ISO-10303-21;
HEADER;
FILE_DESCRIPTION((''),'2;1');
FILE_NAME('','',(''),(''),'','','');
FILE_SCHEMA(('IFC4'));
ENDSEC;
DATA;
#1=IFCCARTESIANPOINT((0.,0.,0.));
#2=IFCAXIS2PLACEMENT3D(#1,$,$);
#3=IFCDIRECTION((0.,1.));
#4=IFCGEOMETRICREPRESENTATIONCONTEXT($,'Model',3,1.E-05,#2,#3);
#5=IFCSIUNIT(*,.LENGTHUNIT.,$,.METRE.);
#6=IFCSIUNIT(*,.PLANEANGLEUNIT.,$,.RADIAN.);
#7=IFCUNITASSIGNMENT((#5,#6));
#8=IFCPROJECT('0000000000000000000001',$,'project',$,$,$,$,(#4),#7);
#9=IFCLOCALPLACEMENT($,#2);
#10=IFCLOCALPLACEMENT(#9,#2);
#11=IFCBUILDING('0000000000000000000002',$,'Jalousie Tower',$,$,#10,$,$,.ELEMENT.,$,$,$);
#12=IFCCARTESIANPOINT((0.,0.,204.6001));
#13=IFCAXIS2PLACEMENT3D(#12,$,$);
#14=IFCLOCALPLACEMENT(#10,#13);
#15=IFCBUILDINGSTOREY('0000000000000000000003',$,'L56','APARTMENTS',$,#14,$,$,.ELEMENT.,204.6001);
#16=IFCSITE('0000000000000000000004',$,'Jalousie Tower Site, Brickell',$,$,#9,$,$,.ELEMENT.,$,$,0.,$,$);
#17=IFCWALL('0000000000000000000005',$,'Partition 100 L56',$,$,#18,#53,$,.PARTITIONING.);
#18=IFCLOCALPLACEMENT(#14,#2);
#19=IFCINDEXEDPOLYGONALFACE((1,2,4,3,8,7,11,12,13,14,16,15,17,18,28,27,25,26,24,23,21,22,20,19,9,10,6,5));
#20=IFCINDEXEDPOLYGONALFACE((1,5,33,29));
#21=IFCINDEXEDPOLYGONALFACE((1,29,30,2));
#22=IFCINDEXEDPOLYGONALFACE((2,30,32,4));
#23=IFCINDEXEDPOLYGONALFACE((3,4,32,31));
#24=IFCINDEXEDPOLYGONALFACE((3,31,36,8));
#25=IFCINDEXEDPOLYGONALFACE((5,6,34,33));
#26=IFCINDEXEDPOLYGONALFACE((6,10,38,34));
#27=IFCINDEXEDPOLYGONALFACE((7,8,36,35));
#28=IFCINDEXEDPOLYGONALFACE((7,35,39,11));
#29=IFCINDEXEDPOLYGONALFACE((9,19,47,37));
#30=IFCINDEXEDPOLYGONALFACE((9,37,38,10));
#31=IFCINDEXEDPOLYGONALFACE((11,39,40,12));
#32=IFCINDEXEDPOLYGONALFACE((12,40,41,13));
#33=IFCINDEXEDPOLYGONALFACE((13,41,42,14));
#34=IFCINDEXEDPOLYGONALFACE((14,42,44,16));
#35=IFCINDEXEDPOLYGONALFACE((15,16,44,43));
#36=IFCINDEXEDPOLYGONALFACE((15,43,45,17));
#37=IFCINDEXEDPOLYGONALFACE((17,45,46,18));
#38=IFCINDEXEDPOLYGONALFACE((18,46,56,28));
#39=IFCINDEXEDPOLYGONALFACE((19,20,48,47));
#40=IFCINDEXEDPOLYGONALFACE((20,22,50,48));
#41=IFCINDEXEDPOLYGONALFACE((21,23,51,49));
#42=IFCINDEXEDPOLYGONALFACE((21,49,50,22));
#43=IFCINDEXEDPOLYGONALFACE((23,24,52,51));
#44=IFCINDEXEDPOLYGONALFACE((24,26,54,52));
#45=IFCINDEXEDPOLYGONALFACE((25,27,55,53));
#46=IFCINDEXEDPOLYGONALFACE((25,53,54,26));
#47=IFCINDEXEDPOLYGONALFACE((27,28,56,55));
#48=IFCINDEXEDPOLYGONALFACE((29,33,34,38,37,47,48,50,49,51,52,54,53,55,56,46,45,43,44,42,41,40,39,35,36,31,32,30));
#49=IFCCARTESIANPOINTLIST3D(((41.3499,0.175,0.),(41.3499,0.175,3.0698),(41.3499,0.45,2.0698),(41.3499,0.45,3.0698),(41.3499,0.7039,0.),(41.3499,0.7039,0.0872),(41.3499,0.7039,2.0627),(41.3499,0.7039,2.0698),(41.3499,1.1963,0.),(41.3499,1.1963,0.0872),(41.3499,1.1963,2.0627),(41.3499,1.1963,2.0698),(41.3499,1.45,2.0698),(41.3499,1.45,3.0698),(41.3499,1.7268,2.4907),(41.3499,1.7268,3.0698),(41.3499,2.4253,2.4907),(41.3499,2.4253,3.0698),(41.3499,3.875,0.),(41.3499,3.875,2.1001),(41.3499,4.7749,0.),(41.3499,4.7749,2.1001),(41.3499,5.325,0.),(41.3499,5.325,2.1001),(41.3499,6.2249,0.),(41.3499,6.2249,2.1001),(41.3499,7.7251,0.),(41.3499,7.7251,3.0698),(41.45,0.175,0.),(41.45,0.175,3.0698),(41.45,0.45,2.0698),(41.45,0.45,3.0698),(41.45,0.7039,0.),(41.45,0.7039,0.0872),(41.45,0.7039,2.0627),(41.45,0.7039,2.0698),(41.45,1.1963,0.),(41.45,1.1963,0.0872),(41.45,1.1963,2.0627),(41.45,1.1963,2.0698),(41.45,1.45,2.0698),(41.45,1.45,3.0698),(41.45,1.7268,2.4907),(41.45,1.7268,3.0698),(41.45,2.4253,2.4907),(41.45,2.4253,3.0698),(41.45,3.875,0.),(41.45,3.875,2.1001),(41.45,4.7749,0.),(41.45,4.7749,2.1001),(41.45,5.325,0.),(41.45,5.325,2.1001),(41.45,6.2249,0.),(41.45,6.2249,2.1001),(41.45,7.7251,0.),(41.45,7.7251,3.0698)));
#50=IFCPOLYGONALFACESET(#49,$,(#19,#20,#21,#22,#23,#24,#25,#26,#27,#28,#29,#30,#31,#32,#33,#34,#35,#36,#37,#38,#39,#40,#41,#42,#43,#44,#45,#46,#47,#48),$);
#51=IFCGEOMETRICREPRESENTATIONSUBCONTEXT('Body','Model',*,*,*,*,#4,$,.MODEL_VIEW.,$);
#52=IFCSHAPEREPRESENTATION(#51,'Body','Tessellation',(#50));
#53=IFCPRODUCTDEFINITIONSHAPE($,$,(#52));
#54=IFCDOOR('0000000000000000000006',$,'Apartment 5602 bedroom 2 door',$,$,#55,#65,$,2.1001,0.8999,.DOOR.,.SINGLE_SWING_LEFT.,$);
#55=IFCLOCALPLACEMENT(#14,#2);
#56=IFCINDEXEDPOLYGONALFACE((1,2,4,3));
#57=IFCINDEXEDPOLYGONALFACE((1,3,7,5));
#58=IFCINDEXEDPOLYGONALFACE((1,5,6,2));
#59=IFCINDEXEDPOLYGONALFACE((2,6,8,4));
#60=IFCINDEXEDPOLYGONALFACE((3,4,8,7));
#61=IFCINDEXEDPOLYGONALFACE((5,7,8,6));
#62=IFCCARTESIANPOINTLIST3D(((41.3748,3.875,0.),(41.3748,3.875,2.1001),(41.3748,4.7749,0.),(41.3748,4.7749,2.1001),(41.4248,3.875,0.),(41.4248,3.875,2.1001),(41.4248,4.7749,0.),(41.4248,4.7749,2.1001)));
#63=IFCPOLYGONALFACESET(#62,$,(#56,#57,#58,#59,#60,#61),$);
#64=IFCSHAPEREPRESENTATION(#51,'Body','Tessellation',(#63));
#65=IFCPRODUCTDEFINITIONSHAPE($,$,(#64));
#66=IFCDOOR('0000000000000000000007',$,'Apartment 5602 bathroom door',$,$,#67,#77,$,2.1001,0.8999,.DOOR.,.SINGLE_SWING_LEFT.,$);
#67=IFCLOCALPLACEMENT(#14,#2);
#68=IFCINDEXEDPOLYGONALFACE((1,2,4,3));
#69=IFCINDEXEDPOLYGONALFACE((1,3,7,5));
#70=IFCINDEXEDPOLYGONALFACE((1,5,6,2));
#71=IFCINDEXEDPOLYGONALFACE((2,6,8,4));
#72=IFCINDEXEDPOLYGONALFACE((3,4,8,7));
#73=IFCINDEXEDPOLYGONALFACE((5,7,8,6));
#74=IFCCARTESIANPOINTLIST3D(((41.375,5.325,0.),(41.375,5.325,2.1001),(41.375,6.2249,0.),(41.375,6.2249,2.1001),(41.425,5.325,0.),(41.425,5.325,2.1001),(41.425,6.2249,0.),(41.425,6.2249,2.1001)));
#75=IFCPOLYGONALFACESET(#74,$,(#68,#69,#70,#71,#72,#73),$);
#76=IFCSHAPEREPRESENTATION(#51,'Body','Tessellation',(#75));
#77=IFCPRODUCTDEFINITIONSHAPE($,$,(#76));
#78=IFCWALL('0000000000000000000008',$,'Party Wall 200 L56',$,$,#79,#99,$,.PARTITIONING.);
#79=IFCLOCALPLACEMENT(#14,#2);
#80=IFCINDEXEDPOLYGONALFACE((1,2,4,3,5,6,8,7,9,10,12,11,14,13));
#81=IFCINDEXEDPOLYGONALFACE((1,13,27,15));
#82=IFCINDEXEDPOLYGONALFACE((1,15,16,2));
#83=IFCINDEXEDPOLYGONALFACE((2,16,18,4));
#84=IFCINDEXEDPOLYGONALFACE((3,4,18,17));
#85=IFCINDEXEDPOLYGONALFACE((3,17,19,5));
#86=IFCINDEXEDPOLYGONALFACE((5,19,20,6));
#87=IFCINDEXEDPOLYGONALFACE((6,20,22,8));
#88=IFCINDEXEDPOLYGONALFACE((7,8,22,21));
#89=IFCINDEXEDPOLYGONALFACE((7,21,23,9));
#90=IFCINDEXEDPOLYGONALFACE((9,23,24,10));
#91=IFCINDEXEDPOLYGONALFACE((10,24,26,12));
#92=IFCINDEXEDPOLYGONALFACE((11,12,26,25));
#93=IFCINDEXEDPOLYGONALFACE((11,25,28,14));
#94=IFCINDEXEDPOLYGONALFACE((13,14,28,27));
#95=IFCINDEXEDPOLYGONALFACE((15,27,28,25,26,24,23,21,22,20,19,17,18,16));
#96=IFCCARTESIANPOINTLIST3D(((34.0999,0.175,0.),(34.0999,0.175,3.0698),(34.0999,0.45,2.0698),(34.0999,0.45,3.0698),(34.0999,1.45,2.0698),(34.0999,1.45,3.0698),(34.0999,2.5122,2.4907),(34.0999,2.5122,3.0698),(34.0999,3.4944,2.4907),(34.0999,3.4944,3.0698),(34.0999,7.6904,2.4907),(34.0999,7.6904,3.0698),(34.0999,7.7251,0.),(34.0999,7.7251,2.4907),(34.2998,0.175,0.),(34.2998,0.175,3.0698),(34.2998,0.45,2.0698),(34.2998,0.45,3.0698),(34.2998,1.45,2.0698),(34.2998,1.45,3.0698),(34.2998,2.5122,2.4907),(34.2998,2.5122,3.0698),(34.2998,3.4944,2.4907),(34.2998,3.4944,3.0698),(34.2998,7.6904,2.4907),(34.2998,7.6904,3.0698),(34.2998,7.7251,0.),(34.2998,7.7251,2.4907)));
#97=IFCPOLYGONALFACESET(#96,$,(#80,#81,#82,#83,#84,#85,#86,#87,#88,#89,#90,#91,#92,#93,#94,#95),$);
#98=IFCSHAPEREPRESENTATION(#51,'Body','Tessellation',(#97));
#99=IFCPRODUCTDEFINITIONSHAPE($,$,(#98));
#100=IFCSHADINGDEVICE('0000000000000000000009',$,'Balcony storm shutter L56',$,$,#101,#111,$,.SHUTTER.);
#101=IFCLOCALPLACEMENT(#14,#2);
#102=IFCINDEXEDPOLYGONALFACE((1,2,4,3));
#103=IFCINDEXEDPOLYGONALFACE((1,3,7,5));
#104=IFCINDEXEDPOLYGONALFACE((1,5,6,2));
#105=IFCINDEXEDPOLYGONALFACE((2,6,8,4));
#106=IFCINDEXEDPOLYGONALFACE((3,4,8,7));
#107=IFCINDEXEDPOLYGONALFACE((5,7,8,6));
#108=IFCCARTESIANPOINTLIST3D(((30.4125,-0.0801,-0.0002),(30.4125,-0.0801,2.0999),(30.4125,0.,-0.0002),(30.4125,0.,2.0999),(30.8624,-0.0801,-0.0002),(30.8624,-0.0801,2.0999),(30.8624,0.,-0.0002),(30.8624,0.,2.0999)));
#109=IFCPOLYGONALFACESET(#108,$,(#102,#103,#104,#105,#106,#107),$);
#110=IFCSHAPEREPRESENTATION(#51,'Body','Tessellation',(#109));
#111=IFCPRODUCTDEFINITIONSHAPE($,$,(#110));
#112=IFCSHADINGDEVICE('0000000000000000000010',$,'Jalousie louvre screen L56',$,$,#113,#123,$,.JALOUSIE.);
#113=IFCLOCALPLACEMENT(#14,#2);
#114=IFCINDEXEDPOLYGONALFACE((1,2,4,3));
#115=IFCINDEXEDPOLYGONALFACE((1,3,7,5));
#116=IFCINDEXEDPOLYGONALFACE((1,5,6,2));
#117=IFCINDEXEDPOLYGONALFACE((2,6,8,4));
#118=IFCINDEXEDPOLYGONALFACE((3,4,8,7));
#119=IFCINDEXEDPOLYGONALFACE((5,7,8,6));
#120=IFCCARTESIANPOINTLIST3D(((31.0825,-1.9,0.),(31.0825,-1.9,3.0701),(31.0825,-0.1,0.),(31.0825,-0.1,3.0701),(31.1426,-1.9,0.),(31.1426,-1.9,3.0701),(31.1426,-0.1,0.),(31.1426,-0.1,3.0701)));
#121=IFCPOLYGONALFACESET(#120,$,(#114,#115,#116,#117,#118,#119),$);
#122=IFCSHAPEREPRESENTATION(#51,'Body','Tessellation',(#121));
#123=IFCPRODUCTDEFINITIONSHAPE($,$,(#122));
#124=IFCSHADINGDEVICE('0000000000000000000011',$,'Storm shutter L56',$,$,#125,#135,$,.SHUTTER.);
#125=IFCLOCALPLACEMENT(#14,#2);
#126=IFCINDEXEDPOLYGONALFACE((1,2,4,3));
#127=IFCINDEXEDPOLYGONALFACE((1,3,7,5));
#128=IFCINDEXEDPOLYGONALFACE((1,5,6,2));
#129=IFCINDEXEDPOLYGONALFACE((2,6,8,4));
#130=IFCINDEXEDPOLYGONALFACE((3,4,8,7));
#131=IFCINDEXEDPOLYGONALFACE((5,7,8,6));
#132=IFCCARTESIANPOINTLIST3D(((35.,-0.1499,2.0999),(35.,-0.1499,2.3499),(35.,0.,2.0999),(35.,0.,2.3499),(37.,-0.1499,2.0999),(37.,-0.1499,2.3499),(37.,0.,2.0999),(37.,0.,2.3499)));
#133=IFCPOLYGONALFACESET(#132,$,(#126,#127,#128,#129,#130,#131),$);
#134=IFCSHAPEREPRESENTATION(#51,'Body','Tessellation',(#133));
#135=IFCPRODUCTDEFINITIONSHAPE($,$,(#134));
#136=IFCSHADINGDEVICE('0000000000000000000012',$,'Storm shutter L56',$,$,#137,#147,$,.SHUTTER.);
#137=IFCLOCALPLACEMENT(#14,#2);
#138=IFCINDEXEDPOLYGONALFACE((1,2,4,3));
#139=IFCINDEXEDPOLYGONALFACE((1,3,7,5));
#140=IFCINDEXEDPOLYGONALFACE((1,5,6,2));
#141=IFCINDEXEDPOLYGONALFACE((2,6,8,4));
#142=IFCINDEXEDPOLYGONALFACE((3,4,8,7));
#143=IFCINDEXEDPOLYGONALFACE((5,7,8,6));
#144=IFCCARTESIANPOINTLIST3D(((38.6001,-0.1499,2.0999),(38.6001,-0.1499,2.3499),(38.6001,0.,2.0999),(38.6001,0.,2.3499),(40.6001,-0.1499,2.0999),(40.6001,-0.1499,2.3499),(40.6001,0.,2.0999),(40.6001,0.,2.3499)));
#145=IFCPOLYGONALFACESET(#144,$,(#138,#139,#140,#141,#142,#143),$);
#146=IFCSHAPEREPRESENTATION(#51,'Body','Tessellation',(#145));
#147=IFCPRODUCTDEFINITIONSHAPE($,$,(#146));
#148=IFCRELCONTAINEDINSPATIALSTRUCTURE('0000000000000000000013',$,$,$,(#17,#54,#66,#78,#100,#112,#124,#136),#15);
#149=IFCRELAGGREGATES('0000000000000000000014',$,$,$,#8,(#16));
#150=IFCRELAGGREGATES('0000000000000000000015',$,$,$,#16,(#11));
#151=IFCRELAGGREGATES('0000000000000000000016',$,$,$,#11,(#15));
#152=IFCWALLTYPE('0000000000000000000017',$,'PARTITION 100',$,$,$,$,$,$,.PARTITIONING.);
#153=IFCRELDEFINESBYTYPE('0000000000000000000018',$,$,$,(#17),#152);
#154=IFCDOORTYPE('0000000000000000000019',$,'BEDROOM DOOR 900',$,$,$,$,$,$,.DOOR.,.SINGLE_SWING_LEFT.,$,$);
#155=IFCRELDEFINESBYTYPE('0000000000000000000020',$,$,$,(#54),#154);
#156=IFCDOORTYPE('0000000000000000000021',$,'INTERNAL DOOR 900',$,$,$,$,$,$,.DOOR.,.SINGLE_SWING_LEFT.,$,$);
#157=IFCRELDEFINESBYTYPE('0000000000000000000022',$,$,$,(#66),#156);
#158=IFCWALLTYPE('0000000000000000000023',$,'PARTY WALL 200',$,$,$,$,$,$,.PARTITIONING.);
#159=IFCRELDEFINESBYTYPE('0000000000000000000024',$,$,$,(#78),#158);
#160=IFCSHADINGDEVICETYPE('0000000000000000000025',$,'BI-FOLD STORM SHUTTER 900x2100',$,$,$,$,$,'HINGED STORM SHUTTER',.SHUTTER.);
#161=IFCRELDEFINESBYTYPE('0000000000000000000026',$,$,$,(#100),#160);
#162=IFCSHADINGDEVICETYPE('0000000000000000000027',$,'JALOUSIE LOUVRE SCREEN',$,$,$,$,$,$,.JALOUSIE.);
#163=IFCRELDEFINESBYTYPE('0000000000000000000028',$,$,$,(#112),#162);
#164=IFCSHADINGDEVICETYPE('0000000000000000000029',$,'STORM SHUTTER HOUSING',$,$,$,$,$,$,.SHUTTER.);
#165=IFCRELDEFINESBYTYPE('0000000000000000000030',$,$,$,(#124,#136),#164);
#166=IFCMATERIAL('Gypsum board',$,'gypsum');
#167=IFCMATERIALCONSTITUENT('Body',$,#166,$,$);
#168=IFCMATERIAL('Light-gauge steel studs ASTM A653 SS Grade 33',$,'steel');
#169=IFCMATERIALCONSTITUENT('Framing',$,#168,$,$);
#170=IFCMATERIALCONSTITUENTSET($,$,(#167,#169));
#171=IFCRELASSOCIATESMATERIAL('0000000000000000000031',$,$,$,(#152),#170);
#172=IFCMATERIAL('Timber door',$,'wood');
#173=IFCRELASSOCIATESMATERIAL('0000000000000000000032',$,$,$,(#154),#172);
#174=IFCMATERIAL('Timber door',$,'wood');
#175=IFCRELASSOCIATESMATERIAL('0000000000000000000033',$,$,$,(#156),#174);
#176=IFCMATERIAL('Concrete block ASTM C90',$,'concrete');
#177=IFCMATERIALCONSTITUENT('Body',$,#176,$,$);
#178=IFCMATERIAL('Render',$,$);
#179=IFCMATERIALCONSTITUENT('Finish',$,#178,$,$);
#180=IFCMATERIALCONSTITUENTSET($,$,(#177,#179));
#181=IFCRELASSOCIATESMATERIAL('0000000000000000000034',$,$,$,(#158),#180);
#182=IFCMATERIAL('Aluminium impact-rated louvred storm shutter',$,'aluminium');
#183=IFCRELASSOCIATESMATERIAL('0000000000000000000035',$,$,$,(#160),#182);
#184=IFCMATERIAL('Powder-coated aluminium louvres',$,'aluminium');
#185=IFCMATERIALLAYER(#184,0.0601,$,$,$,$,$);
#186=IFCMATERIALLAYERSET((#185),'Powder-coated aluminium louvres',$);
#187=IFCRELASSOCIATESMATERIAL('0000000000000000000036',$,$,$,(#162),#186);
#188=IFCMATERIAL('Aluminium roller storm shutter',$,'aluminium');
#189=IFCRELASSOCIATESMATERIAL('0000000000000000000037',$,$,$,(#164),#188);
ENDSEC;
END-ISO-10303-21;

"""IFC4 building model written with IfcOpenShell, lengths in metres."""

from ifc_helpers import new_model, si_unit, direction, frame, frame_2d, origin, origin_2d, place, context, subcontext, project, spatial, polyline, rectangle, outline, extrude, material, layer, layer_set, constituent, constituent_set, type_object, element, fill, save


model = new_model("IFC4")

# Units and contexts
model_context = context("Model", 3, precision=1e-05, world=origin(), true_north=direction((0.0, 1.0)))
body_context = subcontext(model_context, "Body", "Model", "MODEL_VIEW")
ifc_project = project(units=[si_unit("LENGTHUNIT", "METRE"), si_unit("PLANEANGLEUNIT", "RADIAN")], contexts=[model_context])

# Site, building, storey
site_placement = place(None, origin())
site = spatial("IfcSite", under=ifc_project, at=site_placement, Name="Jalousie Tower Site, Brickell", CompositionType="ELEMENT", RefElevation=0.0)
building_placement = place(site_placement, origin())
building = spatial("IfcBuilding", under=site, at=building_placement, Name="Jalousie Tower", CompositionType="ELEMENT")
storey_placement = place(building_placement, frame((0.0, 0.0, 204.6001)))
storey = spatial("IfcBuildingStorey", under=building, at=storey_placement, Name="L56", Description="APARTMENTS", CompositionType="ELEMENT", Elevation=204.6001)

# Shared definitions
ifc_material_1 = material(Name="Gypsum board", Category="gypsum")
ifc_constituent_1 = constituent(ifc_material_1, Name="Body")
ifc_material_2 = material(Name="Light-gauge steel studs ASTM A653 SS Grade 33", Category="steel")
ifc_constituent_2 = constituent(ifc_material_2, Name="Framing")
ifc_constituent_set_1 = constituent_set(constituents=[ifc_constituent_1, ifc_constituent_2])
wall_type_1 = type_object("IfcWallType", Name="PARTITION 100", PredefinedType="PARTITIONING", material=ifc_constituent_set_1)
ifc_material_3 = material(Name="Timber door", Category="wood")
door_type_1 = type_object("IfcDoorType", Name="BEDROOM DOOR 900", OperationType="SINGLE_SWING_LEFT", PredefinedType="DOOR", material=ifc_material_3)

# Wall, openings, doors
wall_1_placement = place(storey_placement, frame((41.3999, 0.175, 0.0), z_axis=(0.0, 0.0, 1.0), x_axis=(0.0, 1.0, 0.0)))
wall_1 = element("IfcWall", 1, at=wall_1_placement, inside=storey, type_object=wall_type_1, Name="Partition 100 L56", PredefinedType="PARTITIONING", context=body_context, shape_type="SweptSolid", body=[
    extrude(outline(polyline([(7.55, 0.0), (7.55, 3.0698), (2.2502, 3.0698), (2.2502, 2.4907), (1.5518, 2.4907), (1.5518, 3.0698), (1.2749, 3.0698), (1.2749, 2.0698), (1.0212, 2.0698), (1.0212, 2.0627), (0.5288, 2.0627), (0.5288, 2.0698), (0.2749, 2.0698), (0.2749, 3.0698), (0.0, 3.0698), (0.0, 0.0), (0.5288, 0.0), (0.5288, 0.0872), (1.0212, 0.0872), (1.0212, 0.0), (7.55, 0.0)])), frame((0.0, 0.05, 0.0), z_axis=(0.0, -1.0, 0.0), x_axis=(1.0, 0.0, 0.0)), (0.0, 0.0, 1.0), 0.1001),
])
opening_1_placement = place(wall_1_placement, frame((3.7, 0.0, 0.0)))
opening_1 = element("IfcOpeningElement", 2, at=opening_1_placement, cuts=wall_1, PredefinedType="OPENING", context=body_context, shape_type="SweptSolid", body=[
    extrude(rectangle(XDim=0.8999, YDim=2.1001, at=frame_2d((0.45, 1.05))), frame((0.0, 0.0601, 0.0), z_axis=(0.0, -1.0, 0.0), x_axis=(1.0, 0.0, 0.0)), (0.0, 0.0, 1.0), 0.1201),
])
opening_2_placement = place(wall_1_placement, frame((5.1499, 0.0, 0.0)))
opening_2 = element("IfcOpeningElement", 3, at=opening_2_placement, cuts=wall_1, PredefinedType="OPENING", context=body_context, shape_type="SweptSolid", body=[
    extrude(rectangle(XDim=0.8999, YDim=2.1001, at=frame_2d((0.45, 1.05))), frame((0.0, 0.0601, 0.0), z_axis=(0.0, -1.0, 0.0), x_axis=(1.0, 0.0, 0.0)), (0.0, 0.0, 1.0), 0.1201),
])
door_1_placement = place(opening_1_placement, frame((0.8999, 0.0, 0.0), z_axis=(0.0, 0.0, 1.0), x_axis=(-1.0, 0.0, 0.0)))
door_1 = element("IfcDoor", 4, at=door_1_placement, inside=storey, type_object=door_type_1, Name="Apartment 5602 bedroom 2 door", OperationType="SINGLE_SWING_LEFT", OverallHeight=2.1001, OverallWidth=0.8999, PredefinedType="DOOR", context=body_context, shape_type="SweptSolid", body=[
    extrude(rectangle(XDim=0.8999, YDim=2.1001, at=frame_2d((0.45, 1.05))), frame((0.0, 0.0249, 0.0), z_axis=(0.0, -1.0, 0.0), x_axis=(1.0, 0.0, 0.0)), (0.0, 0.0, 1.0), 0.05),
])
fill(opening_1, door_1)
ifc_material_4 = material(Name="Timber door", Category="wood")
door_type_2 = type_object("IfcDoorType", Name="INTERNAL DOOR 900", OperationType="SINGLE_SWING_LEFT", PredefinedType="DOOR", material=ifc_material_4)
door_2_placement = place(opening_2_placement, origin())
door_2 = element("IfcDoor", 5, at=door_2_placement, inside=storey, type_object=door_type_2, Name="Apartment 5602 bathroom door", OperationType="SINGLE_SWING_LEFT", OverallHeight=2.1001, OverallWidth=0.8999, PredefinedType="DOOR", context=body_context, shape_type="SweptSolid", body=[
    extrude(rectangle(XDim=0.8999, YDim=2.1001, at=frame_2d((0.45, 1.05))), frame((0.0, 0.0249, 0.0), z_axis=(0.0, -1.0, 0.0), x_axis=(1.0, 0.0, 0.0)), (0.0, 0.0, 1.0), 0.05),
])
fill(opening_2, door_2)

# Wall
ifc_material_5 = material(Name="Concrete block ASTM C90", Category="concrete")
ifc_constituent_3 = constituent(ifc_material_5, Name="Body")
ifc_material_6 = material(Name="Render")
ifc_constituent_4 = constituent(ifc_material_6, Name="Finish")
ifc_constituent_set_2 = constituent_set(constituents=[ifc_constituent_3, ifc_constituent_4])
wall_type_2 = type_object("IfcWallType", Name="PARTY WALL 200", PredefinedType="PARTITIONING", material=ifc_constituent_set_2)
wall_2_placement = place(storey_placement, frame((34.2, 0.175, 0.0), z_axis=(0.0, 0.0, 1.0), x_axis=(0.0, 1.0, 0.0)))
element("IfcWall", 6, at=wall_2_placement, inside=storey, type_object=wall_type_2, Name="Party Wall 200 L56", PredefinedType="PARTITIONING", context=body_context, shape_type="SweptSolid", body=[
    extrude(outline(polyline([(0.0, 0.0), (7.55, 0.0), (7.55, 2.4907), (7.5154, 2.4907), (7.5154, 3.0698), (3.3193, 3.0698), (3.3193, 2.4907), (2.3372, 2.4907), (2.3372, 3.0698), (1.2749, 3.0698), (1.2749, 2.0698), (0.2749, 2.0698), (0.2749, 3.0698), (0.0, 3.0698), (0.0, 0.0)])), frame((0.0, 0.1001, 0.0), z_axis=(0.0, -1.0, 0.0), x_axis=(1.0, 0.0, 0.0)), (0.0, 0.0, 1.0), 0.2),
])

# Shading devices
ifc_material_7 = material(Name="Aluminium impact-rated louvred storm shutter", Category="aluminium")
shading_device_type_1 = type_object("IfcShadingDeviceType", Name="BI-FOLD STORM SHUTTER 900x2100", ElementType="HINGED STORM SHUTTER", PredefinedType="SHUTTER", material=ifc_material_7)
shading_device_1_placement = place(storey_placement, frame((30.6375, -0.04, -0.0002), z_axis=(0.0, 0.0, 1.0), x_axis=(1.0, 0.0, 0.0)))
element("IfcShadingDevice", 7, at=shading_device_1_placement, inside=storey, type_object=shading_device_type_1, Name="Balcony storm shutter L56", PredefinedType="SHUTTER", context=body_context, shape_type="SweptSolid", body=[
    extrude(rectangle(XDim=0.45, YDim=0.0801, at=origin_2d()), origin(), (0.0, 0.0, 1.0), 2.1001),
])
ifc_material_8 = material(Name="Powder-coated aluminium louvres", Category="aluminium")
ifc_layer_1 = layer(ifc_material_8, 0.0601)
ifc_layer_set_1 = layer_set([ifc_layer_1], Name="Powder-coated aluminium louvres")
shading_device_type_2 = type_object("IfcShadingDeviceType", Name="JALOUSIE LOUVRE SCREEN", PredefinedType="JALOUSIE", material=ifc_layer_set_1)
shading_device_2_placement = place(storey_placement, frame((31.1125, -1.0, 0.0), z_axis=(0.0, 0.0, 1.0), x_axis=(1.0, 0.0, 0.0)))
element("IfcShadingDevice", 8, at=shading_device_2_placement, inside=storey, type_object=shading_device_type_2, Name="Jalousie louvre screen L56", PredefinedType="JALOUSIE", context=body_context, shape_type="SweptSolid", body=[
    extrude(rectangle(XDim=0.0601, YDim=1.8, at=origin_2d()), origin(), (0.0, 0.0, 1.0), 3.0701),
])
ifc_material_9 = material(Name="Aluminium roller storm shutter", Category="aluminium")
shading_device_type_3 = type_object("IfcShadingDeviceType", Name="STORM SHUTTER HOUSING", PredefinedType="SHUTTER", material=ifc_material_9)
for number, where, z_axis, x_axis, name in (
    (9, (36.0, -0.075, 2.0999), (0.0, 0.0, 1.0), (1.0, 0.0, 0.0), "Storm shutter L56"),
    (10, (39.6001, -0.075, 2.0999), (0.0, 0.0, 1.0), (1.0, 0.0, 0.0), "Storm shutter L56"),
):
    element("IfcShadingDevice", number, at=place(storey_placement, frame(where, z_axis=z_axis, x_axis=x_axis)), inside=storey, type_object=shading_device_type_3, Name=name, PredefinedType="SHUTTER", context=body_context, shape_type="SweptSolid", body=[
        extrude(rectangle(XDim=2.0, YDim=0.1499, at=origin_2d()), origin(), (0.0, 0.0, 1.0), 0.25),
    ])

save(model, "model.ifc")
